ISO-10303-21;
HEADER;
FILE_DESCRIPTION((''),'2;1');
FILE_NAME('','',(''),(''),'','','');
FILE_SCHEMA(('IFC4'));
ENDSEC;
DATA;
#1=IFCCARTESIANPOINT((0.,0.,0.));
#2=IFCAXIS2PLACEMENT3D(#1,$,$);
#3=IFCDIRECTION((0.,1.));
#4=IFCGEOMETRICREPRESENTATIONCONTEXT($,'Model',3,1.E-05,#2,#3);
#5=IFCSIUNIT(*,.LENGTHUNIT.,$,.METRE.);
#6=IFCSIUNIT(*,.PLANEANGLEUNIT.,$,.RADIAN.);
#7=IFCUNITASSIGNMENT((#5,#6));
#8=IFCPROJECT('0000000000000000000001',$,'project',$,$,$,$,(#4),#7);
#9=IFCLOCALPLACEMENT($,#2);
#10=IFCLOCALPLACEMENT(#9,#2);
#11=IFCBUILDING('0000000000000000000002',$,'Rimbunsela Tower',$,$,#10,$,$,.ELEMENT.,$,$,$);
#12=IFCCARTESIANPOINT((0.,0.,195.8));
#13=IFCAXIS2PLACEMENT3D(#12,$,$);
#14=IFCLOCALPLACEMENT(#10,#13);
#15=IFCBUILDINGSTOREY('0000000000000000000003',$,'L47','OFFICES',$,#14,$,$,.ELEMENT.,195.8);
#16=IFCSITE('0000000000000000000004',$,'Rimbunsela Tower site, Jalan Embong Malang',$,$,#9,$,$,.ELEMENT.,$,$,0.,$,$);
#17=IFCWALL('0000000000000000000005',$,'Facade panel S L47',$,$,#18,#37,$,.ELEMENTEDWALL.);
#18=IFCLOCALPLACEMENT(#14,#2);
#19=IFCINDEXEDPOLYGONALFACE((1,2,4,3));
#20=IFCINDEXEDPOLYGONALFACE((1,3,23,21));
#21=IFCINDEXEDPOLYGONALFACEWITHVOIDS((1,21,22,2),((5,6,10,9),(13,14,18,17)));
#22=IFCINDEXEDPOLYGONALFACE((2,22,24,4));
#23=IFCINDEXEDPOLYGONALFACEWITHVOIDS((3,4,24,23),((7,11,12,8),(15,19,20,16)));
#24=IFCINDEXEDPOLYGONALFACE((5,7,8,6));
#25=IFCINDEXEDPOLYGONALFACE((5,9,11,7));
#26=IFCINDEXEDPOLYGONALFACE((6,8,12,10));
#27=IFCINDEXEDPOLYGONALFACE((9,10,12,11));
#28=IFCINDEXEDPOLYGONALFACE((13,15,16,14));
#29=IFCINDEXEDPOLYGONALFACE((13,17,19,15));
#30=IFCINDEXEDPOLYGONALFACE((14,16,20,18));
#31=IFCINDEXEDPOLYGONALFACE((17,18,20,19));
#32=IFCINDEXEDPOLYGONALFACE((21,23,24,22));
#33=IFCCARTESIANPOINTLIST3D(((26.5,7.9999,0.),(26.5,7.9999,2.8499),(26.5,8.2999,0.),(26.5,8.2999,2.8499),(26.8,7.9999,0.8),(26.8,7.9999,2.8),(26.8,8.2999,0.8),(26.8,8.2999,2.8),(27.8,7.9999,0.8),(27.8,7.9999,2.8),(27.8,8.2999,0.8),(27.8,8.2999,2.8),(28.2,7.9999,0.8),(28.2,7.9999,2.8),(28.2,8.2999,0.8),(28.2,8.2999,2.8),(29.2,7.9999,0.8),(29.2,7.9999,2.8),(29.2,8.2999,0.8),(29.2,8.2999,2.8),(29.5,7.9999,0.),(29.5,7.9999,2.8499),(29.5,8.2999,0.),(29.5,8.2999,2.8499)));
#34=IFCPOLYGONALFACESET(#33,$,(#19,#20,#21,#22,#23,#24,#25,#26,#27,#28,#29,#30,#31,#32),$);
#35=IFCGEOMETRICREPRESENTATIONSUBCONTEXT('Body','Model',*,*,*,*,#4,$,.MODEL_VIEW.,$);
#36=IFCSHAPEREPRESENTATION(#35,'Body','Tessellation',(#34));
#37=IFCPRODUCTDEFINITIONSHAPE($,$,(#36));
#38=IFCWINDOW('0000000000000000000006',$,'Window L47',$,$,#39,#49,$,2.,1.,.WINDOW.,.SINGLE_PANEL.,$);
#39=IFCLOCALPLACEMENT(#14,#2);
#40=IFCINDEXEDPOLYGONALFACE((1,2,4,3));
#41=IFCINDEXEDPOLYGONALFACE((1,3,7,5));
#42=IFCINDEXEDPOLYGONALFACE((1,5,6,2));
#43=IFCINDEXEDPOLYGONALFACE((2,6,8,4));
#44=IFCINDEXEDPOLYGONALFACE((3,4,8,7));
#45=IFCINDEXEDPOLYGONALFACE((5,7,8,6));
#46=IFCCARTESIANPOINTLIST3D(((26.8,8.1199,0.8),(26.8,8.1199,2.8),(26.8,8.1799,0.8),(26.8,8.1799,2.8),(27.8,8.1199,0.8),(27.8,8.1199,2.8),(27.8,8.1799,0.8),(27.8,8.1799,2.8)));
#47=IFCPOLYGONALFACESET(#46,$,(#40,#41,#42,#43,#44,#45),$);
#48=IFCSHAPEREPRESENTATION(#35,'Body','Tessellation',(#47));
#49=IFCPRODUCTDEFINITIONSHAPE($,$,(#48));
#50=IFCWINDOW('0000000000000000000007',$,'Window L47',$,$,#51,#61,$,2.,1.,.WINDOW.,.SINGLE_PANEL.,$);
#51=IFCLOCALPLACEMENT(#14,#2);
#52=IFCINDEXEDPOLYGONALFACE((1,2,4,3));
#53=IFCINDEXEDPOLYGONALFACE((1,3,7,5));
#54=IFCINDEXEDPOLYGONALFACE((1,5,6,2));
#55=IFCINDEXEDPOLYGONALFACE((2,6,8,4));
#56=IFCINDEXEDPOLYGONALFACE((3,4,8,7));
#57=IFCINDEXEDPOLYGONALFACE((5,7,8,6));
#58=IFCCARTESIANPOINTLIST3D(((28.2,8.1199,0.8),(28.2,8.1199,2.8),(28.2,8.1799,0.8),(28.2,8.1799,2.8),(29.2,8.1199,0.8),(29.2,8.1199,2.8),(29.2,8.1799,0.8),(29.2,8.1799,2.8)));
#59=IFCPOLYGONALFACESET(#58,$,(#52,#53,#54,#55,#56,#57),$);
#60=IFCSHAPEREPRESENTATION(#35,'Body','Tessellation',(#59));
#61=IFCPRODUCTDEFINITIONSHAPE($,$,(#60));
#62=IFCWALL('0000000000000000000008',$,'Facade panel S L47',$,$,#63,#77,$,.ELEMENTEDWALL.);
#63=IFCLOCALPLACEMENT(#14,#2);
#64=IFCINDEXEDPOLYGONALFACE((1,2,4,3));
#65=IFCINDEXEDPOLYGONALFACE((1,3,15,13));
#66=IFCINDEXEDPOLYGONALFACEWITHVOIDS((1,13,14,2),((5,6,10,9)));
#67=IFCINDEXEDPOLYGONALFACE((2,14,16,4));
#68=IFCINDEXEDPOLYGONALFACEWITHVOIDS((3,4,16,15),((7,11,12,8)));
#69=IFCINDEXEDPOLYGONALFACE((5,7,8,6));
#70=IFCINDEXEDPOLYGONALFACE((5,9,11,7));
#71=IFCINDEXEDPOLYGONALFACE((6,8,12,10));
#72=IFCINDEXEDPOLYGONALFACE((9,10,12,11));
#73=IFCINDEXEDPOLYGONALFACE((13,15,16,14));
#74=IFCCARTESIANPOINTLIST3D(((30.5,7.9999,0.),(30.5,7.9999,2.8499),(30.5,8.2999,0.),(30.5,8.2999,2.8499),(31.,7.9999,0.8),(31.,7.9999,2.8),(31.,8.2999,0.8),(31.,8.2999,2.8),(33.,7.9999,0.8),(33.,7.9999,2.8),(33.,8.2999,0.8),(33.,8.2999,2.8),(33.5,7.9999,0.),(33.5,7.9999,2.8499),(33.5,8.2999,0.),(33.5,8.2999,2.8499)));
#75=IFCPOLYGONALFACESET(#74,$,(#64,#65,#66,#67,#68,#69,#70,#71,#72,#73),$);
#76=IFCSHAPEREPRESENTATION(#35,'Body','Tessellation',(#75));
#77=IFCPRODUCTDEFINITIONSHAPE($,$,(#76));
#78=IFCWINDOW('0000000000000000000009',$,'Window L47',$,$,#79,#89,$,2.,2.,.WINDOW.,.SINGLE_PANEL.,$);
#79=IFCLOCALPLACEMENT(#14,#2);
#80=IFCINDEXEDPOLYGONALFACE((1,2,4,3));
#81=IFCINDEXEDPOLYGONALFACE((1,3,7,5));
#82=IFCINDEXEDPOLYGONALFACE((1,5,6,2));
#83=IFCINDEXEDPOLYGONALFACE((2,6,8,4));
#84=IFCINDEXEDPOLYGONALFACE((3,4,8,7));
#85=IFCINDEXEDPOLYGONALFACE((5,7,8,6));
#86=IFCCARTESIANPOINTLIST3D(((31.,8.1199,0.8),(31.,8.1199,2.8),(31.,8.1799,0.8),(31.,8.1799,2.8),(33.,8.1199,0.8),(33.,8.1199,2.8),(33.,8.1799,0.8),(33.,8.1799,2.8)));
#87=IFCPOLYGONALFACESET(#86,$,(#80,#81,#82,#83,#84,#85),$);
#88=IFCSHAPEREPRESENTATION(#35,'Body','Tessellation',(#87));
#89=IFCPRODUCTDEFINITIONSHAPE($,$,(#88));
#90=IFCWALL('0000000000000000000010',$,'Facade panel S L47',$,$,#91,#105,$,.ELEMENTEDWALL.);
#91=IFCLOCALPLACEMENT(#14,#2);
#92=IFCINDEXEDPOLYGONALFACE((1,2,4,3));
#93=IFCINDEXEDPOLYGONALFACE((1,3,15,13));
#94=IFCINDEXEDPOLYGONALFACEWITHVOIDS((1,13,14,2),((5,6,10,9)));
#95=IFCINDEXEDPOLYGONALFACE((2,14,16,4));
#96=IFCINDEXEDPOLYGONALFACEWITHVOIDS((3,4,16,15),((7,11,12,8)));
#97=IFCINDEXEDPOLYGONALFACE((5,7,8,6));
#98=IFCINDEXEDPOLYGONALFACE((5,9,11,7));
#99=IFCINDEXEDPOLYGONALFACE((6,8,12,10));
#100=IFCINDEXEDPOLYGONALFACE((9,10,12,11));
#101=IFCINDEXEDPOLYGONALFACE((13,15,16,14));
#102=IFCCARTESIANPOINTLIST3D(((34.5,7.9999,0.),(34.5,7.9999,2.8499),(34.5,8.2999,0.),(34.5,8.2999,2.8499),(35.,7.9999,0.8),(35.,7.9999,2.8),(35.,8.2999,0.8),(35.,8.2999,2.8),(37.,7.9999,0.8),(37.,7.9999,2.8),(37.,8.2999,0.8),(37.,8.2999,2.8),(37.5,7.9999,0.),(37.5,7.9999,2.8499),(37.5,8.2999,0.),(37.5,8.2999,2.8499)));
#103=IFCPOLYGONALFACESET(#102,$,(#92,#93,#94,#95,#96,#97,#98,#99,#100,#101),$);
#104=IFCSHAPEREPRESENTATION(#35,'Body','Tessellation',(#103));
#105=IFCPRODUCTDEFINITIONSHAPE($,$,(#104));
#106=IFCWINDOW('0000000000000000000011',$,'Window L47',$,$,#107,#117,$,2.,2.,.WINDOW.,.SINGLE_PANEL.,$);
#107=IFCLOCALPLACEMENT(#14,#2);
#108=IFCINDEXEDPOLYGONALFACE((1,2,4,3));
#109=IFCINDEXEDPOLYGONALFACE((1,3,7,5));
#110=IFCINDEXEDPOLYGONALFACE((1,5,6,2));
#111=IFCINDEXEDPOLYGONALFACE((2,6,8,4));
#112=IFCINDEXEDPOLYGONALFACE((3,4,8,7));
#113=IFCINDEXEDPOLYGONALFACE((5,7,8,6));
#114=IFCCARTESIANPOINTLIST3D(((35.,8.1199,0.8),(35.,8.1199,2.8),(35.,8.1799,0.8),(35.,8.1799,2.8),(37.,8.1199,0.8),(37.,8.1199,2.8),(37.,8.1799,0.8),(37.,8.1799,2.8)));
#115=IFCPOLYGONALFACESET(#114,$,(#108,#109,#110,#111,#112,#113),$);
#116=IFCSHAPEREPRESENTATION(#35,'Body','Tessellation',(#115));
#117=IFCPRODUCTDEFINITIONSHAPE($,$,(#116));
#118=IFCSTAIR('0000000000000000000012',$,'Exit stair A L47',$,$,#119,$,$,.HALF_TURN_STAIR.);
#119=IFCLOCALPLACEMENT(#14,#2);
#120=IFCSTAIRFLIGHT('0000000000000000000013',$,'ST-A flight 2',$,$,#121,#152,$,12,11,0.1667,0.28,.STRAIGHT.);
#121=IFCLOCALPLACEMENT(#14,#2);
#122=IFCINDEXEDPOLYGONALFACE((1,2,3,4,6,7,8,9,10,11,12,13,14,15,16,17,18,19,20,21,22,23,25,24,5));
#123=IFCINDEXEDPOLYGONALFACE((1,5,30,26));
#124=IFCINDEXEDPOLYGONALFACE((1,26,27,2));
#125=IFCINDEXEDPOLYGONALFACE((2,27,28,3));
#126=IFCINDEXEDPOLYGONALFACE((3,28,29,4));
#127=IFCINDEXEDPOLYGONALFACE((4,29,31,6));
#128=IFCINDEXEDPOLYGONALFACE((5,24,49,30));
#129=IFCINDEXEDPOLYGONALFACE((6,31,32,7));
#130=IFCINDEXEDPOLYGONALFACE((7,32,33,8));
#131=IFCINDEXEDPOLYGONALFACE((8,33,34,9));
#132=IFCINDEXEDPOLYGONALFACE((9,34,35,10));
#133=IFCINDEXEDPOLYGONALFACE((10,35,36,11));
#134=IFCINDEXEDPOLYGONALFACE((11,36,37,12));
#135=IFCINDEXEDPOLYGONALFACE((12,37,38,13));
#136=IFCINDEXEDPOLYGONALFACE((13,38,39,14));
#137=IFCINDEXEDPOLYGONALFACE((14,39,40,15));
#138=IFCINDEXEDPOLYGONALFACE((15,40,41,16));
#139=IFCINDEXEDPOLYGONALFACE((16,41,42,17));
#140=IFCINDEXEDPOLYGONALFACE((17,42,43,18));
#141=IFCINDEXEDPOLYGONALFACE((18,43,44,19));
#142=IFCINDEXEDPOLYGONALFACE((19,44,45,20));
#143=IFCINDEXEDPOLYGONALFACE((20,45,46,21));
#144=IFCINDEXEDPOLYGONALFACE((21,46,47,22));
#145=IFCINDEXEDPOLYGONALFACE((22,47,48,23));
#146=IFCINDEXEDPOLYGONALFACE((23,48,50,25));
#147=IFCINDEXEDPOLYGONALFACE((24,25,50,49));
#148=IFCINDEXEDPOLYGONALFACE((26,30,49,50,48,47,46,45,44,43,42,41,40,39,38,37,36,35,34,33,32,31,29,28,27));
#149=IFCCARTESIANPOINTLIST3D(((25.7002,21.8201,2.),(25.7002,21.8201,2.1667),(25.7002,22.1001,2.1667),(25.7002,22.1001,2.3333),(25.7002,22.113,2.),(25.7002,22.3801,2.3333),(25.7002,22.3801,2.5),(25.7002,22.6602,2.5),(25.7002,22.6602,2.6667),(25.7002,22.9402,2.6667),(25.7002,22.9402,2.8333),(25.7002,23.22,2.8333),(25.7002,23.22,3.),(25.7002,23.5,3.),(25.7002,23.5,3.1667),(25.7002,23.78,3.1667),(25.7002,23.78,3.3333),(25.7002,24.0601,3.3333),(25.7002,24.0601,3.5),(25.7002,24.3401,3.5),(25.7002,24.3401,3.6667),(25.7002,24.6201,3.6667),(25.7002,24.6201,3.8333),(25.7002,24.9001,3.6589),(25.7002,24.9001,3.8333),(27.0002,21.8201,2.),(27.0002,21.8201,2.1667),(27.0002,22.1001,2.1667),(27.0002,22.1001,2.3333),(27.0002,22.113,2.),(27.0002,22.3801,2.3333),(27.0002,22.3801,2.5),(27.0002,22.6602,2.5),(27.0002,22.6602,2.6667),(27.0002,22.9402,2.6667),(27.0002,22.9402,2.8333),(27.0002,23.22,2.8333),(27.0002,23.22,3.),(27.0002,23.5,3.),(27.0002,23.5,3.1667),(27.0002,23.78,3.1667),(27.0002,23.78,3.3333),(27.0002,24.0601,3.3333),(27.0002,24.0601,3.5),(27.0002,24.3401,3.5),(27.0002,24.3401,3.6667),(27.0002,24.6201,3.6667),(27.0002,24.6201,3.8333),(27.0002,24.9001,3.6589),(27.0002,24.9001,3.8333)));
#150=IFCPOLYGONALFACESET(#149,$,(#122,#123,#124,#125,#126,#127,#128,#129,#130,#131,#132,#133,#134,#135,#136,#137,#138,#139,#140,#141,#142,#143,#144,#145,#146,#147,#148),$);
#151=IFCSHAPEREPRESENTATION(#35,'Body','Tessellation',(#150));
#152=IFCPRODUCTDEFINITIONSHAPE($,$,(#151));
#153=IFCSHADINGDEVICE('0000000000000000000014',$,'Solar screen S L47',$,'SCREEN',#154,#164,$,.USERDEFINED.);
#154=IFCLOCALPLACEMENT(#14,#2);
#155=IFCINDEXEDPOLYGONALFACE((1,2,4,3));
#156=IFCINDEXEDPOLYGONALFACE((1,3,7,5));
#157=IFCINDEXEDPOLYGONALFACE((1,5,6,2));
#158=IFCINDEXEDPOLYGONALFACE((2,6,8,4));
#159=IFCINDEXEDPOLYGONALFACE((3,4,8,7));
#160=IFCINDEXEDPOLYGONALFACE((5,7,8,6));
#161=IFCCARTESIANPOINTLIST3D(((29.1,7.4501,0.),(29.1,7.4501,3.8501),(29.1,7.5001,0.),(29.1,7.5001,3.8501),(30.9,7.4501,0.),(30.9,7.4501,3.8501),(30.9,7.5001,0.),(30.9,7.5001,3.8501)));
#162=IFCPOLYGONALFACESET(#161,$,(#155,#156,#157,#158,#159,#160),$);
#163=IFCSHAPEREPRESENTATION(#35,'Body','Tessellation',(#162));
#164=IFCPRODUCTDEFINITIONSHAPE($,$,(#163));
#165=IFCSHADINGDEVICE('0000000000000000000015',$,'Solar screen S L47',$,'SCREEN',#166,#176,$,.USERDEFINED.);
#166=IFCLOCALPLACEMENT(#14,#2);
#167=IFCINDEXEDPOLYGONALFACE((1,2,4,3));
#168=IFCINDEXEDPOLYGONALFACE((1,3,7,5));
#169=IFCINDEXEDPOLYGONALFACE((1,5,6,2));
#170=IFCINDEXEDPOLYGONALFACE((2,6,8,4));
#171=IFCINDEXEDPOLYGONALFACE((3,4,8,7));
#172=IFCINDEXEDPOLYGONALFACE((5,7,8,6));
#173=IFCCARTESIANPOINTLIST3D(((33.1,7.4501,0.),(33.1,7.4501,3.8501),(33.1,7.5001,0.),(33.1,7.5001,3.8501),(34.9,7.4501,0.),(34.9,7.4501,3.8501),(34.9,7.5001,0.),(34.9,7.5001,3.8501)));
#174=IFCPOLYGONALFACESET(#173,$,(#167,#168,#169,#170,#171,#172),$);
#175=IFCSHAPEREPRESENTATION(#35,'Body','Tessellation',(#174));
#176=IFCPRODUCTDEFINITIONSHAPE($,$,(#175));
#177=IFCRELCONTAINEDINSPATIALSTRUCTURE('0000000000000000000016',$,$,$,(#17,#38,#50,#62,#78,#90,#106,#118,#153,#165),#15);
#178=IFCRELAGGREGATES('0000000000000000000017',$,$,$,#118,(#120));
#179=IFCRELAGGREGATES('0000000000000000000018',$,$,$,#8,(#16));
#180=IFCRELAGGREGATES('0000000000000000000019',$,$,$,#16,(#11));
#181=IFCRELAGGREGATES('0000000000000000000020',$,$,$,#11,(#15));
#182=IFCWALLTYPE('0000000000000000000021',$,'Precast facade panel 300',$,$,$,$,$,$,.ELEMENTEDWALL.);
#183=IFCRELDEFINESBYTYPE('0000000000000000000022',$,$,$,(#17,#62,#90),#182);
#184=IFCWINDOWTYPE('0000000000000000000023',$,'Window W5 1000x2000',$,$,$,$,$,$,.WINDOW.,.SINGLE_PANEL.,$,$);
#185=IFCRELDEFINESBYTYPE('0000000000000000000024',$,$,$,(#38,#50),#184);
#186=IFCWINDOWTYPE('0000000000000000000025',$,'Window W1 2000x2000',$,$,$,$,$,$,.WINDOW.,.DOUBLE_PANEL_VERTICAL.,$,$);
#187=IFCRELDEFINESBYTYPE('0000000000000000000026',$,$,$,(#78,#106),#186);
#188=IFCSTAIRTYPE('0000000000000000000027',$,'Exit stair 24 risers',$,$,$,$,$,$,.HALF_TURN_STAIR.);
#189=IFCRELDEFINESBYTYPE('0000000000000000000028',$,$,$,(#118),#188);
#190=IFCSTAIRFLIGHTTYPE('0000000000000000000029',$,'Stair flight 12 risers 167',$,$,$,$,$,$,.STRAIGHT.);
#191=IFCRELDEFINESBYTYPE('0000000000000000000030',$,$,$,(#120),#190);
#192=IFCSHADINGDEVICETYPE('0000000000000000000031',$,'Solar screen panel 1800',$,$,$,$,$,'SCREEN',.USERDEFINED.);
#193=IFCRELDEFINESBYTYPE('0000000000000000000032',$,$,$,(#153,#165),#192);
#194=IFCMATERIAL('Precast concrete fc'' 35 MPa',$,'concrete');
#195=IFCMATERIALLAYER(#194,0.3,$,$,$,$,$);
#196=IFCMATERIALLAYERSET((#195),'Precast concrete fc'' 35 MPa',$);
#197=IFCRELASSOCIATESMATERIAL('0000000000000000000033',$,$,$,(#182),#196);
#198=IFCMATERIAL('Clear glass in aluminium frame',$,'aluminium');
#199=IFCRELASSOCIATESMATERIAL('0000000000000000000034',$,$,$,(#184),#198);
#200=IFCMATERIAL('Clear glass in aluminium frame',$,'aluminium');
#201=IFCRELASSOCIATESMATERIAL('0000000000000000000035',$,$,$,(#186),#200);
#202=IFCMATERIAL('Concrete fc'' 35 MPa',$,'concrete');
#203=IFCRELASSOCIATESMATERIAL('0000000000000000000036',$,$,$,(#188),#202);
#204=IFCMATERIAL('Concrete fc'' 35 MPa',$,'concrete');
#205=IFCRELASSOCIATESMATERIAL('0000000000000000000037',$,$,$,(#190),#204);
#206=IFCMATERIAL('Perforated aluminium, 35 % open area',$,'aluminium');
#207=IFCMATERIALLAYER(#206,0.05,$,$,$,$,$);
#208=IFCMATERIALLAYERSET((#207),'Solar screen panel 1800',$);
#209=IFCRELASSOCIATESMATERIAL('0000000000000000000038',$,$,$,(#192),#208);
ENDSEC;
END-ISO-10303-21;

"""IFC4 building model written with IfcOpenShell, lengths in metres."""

from ifc_helpers import new_model, si_unit, direction, frame, frame_2d, origin, origin_2d, place, context, subcontext, project, spatial, polyline, rectangle, outline, extrude, material, layer, layer_set, type_object, element, fill, aggregate, save


model = new_model("IFC4")

# Units and contexts
model_context = context("Model", 3, precision=1e-05, world=origin(), true_north=direction((0.0, 1.0)))
body_context = subcontext(model_context, "Body", "Model", "MODEL_VIEW")
ifc_project = project(units=[si_unit("LENGTHUNIT", "METRE"), si_unit("PLANEANGLEUNIT", "RADIAN")], contexts=[model_context])

# Site, building, storey
site_placement = place(None, origin())
site = spatial("IfcSite", under=ifc_project, at=site_placement, Name="Rimbunsela Tower site, Jalan Embong Malang", CompositionType="ELEMENT", RefElevation=0.0)
building_placement = place(site_placement, origin())
building = spatial("IfcBuilding", under=site, at=building_placement, Name="Rimbunsela Tower", CompositionType="ELEMENT")
storey_placement = place(building_placement, frame((0.0, 0.0, 195.8)))
storey = spatial("IfcBuildingStorey", under=building, at=storey_placement, Name="L47", Description="OFFICES", CompositionType="ELEMENT", Elevation=195.8)

# Wall, openings, windows
ifc_material_1 = material(Name="Precast concrete fc' 35 MPa", Category="concrete")
ifc_layer_1 = layer(ifc_material_1, 0.3)
ifc_layer_set_1 = layer_set([ifc_layer_1], Name="Precast concrete fc' 35 MPa")
wall_type_1 = type_object("IfcWallType", Name="Precast facade panel 300", PredefinedType="ELEMENTEDWALL", material=ifc_layer_set_1)
wall_1_placement = place(storey_placement, frame((26.5, 8.1499, 0.0), z_axis=(0.0, 0.0, 1.0), x_axis=(1.0, 0.0, 0.0)))
wall_1 = element("IfcWall", 1, at=wall_1_placement, inside=storey, type_object=wall_type_1, Name="Facade panel S L47", PredefinedType="ELEMENTEDWALL", context=body_context, shape_type="SweptSolid", body=[
    extrude(rectangle(XDim=3.0, YDim=0.3, at=frame_2d((1.5, 0.0))), origin(), (0.0, 0.0, 1.0), 2.8499),
])
opening_1_placement = place(wall_1_placement, frame((0.3, 0.0, 0.8)))
opening_1 = element("IfcOpeningElement", 2, at=opening_1_placement, cuts=wall_1, PredefinedType="OPENING", context=body_context, shape_type="SweptSolid", body=[
    extrude(rectangle(XDim=1.0, YDim=2.0, at=frame_2d((0.5, 1.0))), frame((0.0, 0.1599, 0.0), z_axis=(0.0, -1.0, 0.0), x_axis=(1.0, 0.0, 0.0)), (0.0, 0.0, 1.0), 0.3201),
])
opening_2_placement = place(wall_1_placement, frame((1.7, 0.0, 0.8)))
opening_2 = element("IfcOpeningElement", 3, at=opening_2_placement, cuts=wall_1, PredefinedType="OPENING", context=body_context, shape_type="SweptSolid", body=[
    extrude(rectangle(XDim=1.0, YDim=2.0, at=frame_2d((0.5, 1.0))), frame((0.0, 0.1599, 0.0), z_axis=(0.0, -1.0, 0.0), x_axis=(1.0, 0.0, 0.0)), (0.0, 0.0, 1.0), 0.3201),
])
ifc_material_2 = material(Name="Clear glass in aluminium frame", Category="aluminium")
window_type_1 = type_object("IfcWindowType", Name="Window W5 1000x2000", PartitioningType="SINGLE_PANEL", PredefinedType="WINDOW", material=ifc_material_2)
window_1_placement = place(opening_1_placement, origin())
window_1 = element("IfcWindow", 4, at=window_1_placement, inside=storey, type_object=window_type_1, Name="Window L47", OverallHeight=2.0, OverallWidth=1.0, PartitioningType="SINGLE_PANEL", PredefinedType="WINDOW", context=body_context, shape_type="SweptSolid", body=[
    extrude(rectangle(XDim=1.0, YDim=2.0, at=frame_2d((0.5, 1.0))), frame((0.0, 0.03, 0.0), z_axis=(0.0, -1.0, 0.0), x_axis=(1.0, 0.0, 0.0)), (0.0, 0.0, 1.0), 0.0601),
])
fill(opening_1, window_1)
window_2_placement = place(opening_2_placement, origin())
window_2 = element("IfcWindow", 5, at=window_2_placement, inside=storey, type_object=window_type_1, Name="Window L47", OverallHeight=2.0, OverallWidth=1.0, PartitioningType="SINGLE_PANEL", PredefinedType="WINDOW", context=body_context, shape_type="SweptSolid", body=[
    extrude(rectangle(XDim=1.0, YDim=2.0, at=frame_2d((0.5, 1.0))), frame((0.0, 0.03, 0.0), z_axis=(0.0, -1.0, 0.0), x_axis=(1.0, 0.0, 0.0)), (0.0, 0.0, 1.0), 0.0601),
])
fill(opening_2, window_2)

# Walls, openings, windows
wall_2_placement = place(storey_placement, frame((30.5, 8.1499, 0.0), z_axis=(0.0, 0.0, 1.0), x_axis=(1.0, 0.0, 0.0)))
wall_2 = element("IfcWall", 6, at=wall_2_placement, inside=storey, type_object=wall_type_1, Name="Facade panel S L47", PredefinedType="ELEMENTEDWALL", context=body_context, shape_type="SweptSolid", body=[
    extrude(rectangle(XDim=3.0, YDim=0.3, at=frame_2d((1.5, 0.0))), origin(), (0.0, 0.0, 1.0), 2.8499),
])
opening_3_placement = place(wall_2_placement, frame((0.5, 0.0, 0.8)))
opening_3 = element("IfcOpeningElement", 7, at=opening_3_placement, cuts=wall_2, PredefinedType="OPENING", context=body_context, shape_type="SweptSolid", body=[
    extrude(rectangle(XDim=2.0, YDim=2.0, at=frame_2d((1.0, 1.0))), frame((0.0, 0.1599, 0.0), z_axis=(0.0, -1.0, 0.0), x_axis=(1.0, 0.0, 0.0)), (0.0, 0.0, 1.0), 0.3201),
])
ifc_material_3 = material(Name="Clear glass in aluminium frame", Category="aluminium")
window_type_2 = type_object("IfcWindowType", Name="Window W1 2000x2000", PartitioningType="DOUBLE_PANEL_VERTICAL", PredefinedType="WINDOW", material=ifc_material_3)
window_3_placement = place(opening_3_placement, origin())
window_3 = element("IfcWindow", 8, at=window_3_placement, inside=storey, type_object=window_type_2, Name="Window L47", OverallHeight=2.0, OverallWidth=2.0, PartitioningType="SINGLE_PANEL", PredefinedType="WINDOW", context=body_context, shape_type="SweptSolid", body=[
    extrude(rectangle(XDim=2.0, YDim=2.0, at=frame_2d((1.0, 1.0))), frame((0.0, 0.03, 0.0), z_axis=(0.0, -1.0, 0.0), x_axis=(1.0, 0.0, 0.0)), (0.0, 0.0, 1.0), 0.0601),
])
fill(opening_3, window_3)
wall_3_placement = place(storey_placement, frame((34.5, 8.1499, 0.0), z_axis=(0.0, 0.0, 1.0), x_axis=(1.0, 0.0, 0.0)))
wall_3 = element("IfcWall", 9, at=wall_3_placement, inside=storey, type_object=wall_type_1, Name="Facade panel S L47", PredefinedType="ELEMENTEDWALL", context=body_context, shape_type="SweptSolid", body=[
    extrude(rectangle(XDim=3.0, YDim=0.3, at=frame_2d((1.5, 0.0))), origin(), (0.0, 0.0, 1.0), 2.8499),
])
opening_4_placement = place(wall_3_placement, frame((0.5, 0.0, 0.8)))
opening_4 = element("IfcOpeningElement", 10, at=opening_4_placement, cuts=wall_3, PredefinedType="OPENING", context=body_context, shape_type="SweptSolid", body=[
    extrude(rectangle(XDim=2.0, YDim=2.0, at=frame_2d((1.0, 1.0))), frame((0.0, 0.1599, 0.0), z_axis=(0.0, -1.0, 0.0), x_axis=(1.0, 0.0, 0.0)), (0.0, 0.0, 1.0), 0.3201),
])
window_4_placement = place(opening_4_placement, origin())
window_4 = element("IfcWindow", 11, at=window_4_placement, inside=storey, type_object=window_type_2, Name="Window L47", OverallHeight=2.0, OverallWidth=2.0, PartitioningType="SINGLE_PANEL", PredefinedType="WINDOW", context=body_context, shape_type="SweptSolid", body=[
    extrude(rectangle(XDim=2.0, YDim=2.0, at=frame_2d((1.0, 1.0))), frame((0.0, 0.03, 0.0), z_axis=(0.0, -1.0, 0.0), x_axis=(1.0, 0.0, 0.0)), (0.0, 0.0, 1.0), 0.0601),
])
fill(opening_4, window_4)

# Stair, stair flight
ifc_material_4 = material(Name="Concrete fc' 35 MPa", Category="concrete")
stair_type = type_object("IfcStairType", Name="Exit stair 24 risers", PredefinedType="HALF_TURN_STAIR", material=ifc_material_4)
stair_placement = place(storey_placement, origin())
stair = element("IfcStair", 12, at=stair_placement, inside=storey, type_object=stair_type, Name="Exit stair A L47", PredefinedType="HALF_TURN_STAIR")
ifc_material_5 = material(Name="Concrete fc' 35 MPa", Category="concrete")
stair_flight_type = type_object("IfcStairFlightType", Name="Stair flight 12 risers 167", PredefinedType="STRAIGHT", material=ifc_material_5)
stair_flight_placement = place(storey_placement, frame((26.3501, 21.8201, 2.0), z_axis=(0.0, 0.0, 1.0), x_axis=(0.0, 1.0, 0.0)))
stair_flight = element("IfcStairFlight", 13, at=stair_flight_placement, type_object=stair_flight_type, Name="ST-A flight 2", NumberOfRisers=12, NumberOfTreads=11, PredefinedType="STRAIGHT", RiserHeight=0.1667, TreadLength=0.28, context=body_context, shape_type="SweptSolid", body=[
    extrude(outline(polyline([(0.0, 0.0), (0.0, 0.1667), (0.28, 0.1667), (0.28, 0.3333), (0.5601, 0.3333), (0.5601, 0.5), (0.8401, 0.5), (0.8401, 0.6667), (1.1201, 0.6667), (1.1201, 0.8333), (1.3999, 0.8333), (1.3999, 1.0), (1.6799, 1.0), (1.6799, 1.1667), (1.96, 1.1667), (1.96, 1.3333), (2.24, 1.3333), (2.24, 1.5), (2.52, 1.5), (2.52, 1.6667), (2.8, 1.6667), (2.8, 1.8333), (3.0801, 1.8333), (3.0801, 2.0), (3.0801, 1.6589), (0.293, 0.0), (0.0, 0.0)])), frame((0.0, 0.6499, 0.0), z_axis=(0.0, -1.0, 0.0), x_axis=(1.0, 0.0, 0.0)), (0.0, 0.0, 1.0), 1.3),
])
aggregate(stair, [stair_flight])

# Shading devices
ifc_material_6 = material(Name="Perforated aluminium, 35 % open area", Category="aluminium")
ifc_layer_2 = layer(ifc_material_6, 0.05)
ifc_layer_set_2 = layer_set([ifc_layer_2], Name="Solar screen panel 1800")
shading_device_type = type_object("IfcShadingDeviceType", Name="Solar screen panel 1800", ElementType="SCREEN", PredefinedType="USERDEFINED", material=ifc_layer_set_2)
for number, where, z_axis, x_axis, name in (
    (14, (30.0, 7.4751, 0.0), (0.0, 0.0, 1.0), (1.0, 0.0, 0.0), "Solar screen S L47"),
    (15, (34.0, 7.4751, 0.0), (0.0, 0.0, 1.0), (1.0, 0.0, 0.0), "Solar screen S L47"),
):
    element("IfcShadingDevice", number, at=place(storey_placement, frame(where, z_axis=z_axis, x_axis=x_axis)), inside=storey, type_object=shading_device_type, Name=name, ObjectType="SCREEN", PredefinedType="USERDEFINED", context=body_context, shape_type="SweptSolid", body=[
        extrude(rectangle(XDim=1.8, YDim=0.05, at=origin_2d()), origin(), (0.0, 0.0, 1.0), 3.8501),
    ])

save(model, "model.ifc")
